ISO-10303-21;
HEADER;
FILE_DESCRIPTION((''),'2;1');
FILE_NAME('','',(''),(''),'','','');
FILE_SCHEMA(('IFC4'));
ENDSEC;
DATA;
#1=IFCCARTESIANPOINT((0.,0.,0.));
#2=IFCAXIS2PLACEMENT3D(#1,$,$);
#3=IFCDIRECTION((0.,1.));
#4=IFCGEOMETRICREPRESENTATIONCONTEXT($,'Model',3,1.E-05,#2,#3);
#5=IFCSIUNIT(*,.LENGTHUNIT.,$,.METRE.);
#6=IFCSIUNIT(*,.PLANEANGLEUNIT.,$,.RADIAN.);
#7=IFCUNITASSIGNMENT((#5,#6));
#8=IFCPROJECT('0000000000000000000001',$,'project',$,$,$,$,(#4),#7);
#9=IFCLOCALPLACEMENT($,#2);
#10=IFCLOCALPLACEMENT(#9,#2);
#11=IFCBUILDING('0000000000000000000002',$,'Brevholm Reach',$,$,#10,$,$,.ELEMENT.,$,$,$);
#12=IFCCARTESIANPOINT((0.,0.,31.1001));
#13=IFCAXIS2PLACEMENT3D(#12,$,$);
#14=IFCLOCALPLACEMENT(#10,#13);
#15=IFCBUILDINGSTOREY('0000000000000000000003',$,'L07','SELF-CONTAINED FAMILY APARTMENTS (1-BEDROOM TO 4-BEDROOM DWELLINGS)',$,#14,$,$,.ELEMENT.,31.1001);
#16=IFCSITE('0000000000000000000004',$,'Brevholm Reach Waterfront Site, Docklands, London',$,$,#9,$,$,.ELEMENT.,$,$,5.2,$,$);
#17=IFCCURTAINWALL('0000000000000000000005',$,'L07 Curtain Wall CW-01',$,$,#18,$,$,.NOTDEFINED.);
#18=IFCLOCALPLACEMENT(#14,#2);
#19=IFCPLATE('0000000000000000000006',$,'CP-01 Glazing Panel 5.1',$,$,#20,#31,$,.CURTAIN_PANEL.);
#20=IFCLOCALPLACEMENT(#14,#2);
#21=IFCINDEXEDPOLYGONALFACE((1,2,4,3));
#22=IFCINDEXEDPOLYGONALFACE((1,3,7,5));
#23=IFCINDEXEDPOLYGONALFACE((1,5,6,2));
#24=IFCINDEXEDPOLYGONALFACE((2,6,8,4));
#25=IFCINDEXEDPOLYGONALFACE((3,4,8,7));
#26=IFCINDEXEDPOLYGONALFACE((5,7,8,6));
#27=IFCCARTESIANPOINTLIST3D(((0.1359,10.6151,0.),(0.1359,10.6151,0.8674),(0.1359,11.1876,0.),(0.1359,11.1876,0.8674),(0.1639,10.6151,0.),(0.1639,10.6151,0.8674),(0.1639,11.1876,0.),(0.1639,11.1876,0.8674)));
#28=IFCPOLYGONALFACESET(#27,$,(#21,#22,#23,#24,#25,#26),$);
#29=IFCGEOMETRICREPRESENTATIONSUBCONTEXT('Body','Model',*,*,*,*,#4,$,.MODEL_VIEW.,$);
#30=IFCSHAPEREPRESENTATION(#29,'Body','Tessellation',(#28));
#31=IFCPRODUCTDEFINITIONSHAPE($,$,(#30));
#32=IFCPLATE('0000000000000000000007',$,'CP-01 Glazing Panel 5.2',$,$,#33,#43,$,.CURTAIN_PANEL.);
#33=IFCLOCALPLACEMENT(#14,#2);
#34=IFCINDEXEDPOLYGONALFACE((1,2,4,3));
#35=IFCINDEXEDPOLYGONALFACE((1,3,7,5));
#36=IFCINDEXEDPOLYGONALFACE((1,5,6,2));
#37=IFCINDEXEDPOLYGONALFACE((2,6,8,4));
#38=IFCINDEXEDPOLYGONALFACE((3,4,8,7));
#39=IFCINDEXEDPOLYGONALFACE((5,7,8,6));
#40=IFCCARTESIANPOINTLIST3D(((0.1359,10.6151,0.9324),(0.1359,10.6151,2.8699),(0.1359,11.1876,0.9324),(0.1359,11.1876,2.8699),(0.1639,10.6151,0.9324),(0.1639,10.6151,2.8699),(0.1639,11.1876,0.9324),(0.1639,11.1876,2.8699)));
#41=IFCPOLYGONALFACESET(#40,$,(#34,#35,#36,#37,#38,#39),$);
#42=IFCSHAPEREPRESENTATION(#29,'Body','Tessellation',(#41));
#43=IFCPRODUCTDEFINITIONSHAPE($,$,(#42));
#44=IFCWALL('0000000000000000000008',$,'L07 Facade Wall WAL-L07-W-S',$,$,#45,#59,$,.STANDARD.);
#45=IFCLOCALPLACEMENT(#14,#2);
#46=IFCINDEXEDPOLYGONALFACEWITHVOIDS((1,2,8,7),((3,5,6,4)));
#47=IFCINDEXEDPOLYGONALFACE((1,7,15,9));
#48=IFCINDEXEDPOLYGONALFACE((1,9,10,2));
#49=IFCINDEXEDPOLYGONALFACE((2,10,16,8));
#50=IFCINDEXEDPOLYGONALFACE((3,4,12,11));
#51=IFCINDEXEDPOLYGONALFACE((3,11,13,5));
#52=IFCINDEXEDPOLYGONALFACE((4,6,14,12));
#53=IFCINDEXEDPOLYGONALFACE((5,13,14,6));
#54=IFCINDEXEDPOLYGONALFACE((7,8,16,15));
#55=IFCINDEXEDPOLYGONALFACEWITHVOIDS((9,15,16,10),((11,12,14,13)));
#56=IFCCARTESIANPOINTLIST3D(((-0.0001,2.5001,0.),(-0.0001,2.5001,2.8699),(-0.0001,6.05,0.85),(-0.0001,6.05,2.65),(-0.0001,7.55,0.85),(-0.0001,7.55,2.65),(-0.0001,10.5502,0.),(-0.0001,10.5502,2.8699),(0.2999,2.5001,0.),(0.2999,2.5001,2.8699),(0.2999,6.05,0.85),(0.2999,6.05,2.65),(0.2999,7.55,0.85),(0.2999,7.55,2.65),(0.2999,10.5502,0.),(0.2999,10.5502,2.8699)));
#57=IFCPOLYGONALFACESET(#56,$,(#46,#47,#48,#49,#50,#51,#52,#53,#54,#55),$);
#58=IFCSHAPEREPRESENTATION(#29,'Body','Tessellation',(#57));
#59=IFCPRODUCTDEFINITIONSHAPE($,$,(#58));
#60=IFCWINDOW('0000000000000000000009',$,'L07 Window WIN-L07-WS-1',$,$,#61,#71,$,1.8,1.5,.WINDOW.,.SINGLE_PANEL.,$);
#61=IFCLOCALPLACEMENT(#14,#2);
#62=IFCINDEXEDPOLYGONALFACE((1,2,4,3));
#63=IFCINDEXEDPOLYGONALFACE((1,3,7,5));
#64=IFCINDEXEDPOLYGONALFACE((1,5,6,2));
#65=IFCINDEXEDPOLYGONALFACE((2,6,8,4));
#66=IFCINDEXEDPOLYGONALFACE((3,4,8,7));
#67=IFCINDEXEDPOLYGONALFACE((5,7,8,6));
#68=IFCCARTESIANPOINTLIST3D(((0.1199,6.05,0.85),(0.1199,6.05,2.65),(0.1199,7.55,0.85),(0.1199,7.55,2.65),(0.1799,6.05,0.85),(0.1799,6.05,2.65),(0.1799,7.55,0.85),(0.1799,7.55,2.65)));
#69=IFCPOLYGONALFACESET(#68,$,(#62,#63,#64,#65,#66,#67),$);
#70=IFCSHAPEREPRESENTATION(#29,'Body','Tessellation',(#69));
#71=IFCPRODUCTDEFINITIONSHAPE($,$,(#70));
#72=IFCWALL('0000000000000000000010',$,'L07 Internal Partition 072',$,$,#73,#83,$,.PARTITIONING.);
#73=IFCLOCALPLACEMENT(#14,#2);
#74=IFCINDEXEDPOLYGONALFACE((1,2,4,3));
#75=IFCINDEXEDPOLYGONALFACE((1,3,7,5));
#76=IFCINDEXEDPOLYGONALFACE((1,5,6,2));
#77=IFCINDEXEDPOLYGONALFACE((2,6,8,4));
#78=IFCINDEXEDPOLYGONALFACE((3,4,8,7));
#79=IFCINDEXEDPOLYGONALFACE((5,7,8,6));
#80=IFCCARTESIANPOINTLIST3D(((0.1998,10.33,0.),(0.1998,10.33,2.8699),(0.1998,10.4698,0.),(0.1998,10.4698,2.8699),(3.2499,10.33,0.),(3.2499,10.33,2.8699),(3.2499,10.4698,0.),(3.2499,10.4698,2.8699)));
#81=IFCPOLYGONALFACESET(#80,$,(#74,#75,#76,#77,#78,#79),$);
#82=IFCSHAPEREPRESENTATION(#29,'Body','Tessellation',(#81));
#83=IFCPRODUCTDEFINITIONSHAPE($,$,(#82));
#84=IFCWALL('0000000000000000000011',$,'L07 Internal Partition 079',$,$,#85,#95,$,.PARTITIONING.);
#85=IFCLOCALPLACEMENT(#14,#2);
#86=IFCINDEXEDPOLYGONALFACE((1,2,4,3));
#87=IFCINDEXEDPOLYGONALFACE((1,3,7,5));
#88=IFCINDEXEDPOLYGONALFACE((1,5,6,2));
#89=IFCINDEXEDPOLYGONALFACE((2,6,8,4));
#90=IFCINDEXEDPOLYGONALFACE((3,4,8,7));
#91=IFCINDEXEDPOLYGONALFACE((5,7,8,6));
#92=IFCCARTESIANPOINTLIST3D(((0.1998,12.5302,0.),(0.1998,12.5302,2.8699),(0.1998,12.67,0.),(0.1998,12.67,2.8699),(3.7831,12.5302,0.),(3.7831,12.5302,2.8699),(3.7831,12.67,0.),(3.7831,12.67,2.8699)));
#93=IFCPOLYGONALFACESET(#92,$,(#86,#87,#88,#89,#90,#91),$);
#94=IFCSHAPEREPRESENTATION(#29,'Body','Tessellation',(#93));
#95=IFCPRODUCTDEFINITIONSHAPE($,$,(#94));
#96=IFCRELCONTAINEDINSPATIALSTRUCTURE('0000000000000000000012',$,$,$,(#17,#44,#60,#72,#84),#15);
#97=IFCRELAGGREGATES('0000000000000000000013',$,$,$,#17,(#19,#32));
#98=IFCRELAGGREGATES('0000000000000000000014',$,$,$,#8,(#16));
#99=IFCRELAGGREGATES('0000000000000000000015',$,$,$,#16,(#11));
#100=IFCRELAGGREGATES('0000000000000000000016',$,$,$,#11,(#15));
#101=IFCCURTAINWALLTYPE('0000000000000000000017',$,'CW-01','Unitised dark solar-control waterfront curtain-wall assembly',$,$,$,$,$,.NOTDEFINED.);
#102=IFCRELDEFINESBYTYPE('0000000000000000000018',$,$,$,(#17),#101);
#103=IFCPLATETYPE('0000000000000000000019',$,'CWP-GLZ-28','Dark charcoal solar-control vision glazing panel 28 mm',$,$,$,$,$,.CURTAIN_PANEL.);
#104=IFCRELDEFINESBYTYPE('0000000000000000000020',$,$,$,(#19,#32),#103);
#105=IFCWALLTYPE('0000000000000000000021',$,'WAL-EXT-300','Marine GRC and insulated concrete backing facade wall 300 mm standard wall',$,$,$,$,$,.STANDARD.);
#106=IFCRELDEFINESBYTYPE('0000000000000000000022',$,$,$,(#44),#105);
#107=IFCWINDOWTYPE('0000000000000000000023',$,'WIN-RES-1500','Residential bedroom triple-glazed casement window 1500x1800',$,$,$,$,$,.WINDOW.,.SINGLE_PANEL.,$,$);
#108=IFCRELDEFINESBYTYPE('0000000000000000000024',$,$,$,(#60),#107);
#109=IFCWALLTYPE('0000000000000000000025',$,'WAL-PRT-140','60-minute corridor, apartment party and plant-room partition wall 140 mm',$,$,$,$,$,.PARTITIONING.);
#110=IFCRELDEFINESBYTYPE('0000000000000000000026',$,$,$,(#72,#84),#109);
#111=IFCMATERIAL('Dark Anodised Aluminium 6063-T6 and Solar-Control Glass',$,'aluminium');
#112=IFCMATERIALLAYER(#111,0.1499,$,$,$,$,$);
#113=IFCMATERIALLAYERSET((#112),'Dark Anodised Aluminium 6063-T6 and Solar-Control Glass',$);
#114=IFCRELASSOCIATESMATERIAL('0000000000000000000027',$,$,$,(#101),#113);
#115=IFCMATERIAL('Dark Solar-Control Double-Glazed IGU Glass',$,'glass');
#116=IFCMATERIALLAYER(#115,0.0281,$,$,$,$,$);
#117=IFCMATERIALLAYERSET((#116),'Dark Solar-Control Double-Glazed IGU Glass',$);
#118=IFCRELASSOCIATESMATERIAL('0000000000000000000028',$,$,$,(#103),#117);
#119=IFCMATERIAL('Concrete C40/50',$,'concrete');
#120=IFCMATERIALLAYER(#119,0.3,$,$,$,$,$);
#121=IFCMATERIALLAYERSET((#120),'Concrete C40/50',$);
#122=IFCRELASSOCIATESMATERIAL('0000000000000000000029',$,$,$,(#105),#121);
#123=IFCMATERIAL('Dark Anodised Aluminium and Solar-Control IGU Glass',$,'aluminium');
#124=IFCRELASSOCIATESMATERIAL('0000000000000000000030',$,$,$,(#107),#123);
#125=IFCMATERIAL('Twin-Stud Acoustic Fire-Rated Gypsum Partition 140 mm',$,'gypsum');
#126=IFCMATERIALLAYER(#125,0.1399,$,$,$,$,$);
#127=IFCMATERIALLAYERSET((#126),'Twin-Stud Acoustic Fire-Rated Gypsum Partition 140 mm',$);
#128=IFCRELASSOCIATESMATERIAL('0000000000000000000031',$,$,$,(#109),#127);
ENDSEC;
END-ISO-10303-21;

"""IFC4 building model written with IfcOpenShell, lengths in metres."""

from ifc_helpers import new_model, si_unit, direction, frame, frame_2d, origin, origin_2d, place, context, subcontext, project, spatial, rectangle, extrude, material, layer, layer_set, type_object, element, fill, aggregate, save


model = new_model("IFC4")

# Units and contexts
model_context = context("Model", 3, precision=1e-05, world=origin(), true_north=direction((0.0, 1.0)))
body_context = subcontext(model_context, "Body", "Model", "MODEL_VIEW")
ifc_project = project(units=[si_unit("LENGTHUNIT", "METRE"), si_unit("PLANEANGLEUNIT", "RADIAN")], contexts=[model_context])

# Site, building, storey
site_placement = place(None, origin())
site = spatial("IfcSite", under=ifc_project, at=site_placement, Name="Brevholm Reach Waterfront Site, Docklands, London", CompositionType="ELEMENT", RefElevation=5.2)
building_placement = place(site_placement, origin())
building = spatial("IfcBuilding", under=site, at=building_placement, Name="Brevholm Reach", CompositionType="ELEMENT")
storey_placement = place(building_placement, frame((0.0, 0.0, 31.1001)))
storey = spatial("IfcBuildingStorey", under=building, at=storey_placement, Name="L07", Description="SELF-CONTAINED FAMILY APARTMENTS (1-BEDROOM TO 4-BEDROOM DWELLINGS)", CompositionType="ELEMENT", Elevation=31.1001)

# Curtain wall, plates
ifc_material_1 = material(Name="Dark Anodised Aluminium 6063-T6 and Solar-Control Glass", Category="aluminium")
ifc_layer_1 = layer(ifc_material_1, 0.1499)
ifc_layer_set_1 = layer_set([ifc_layer_1], Name="Dark Anodised Aluminium 6063-T6 and Solar-Control Glass")
curtain_wall_type = type_object("IfcCurtainWallType", Name="CW-01", Description="Unitised dark solar-control waterfront curtain-wall assembly", PredefinedType="NOTDEFINED", material=ifc_layer_set_1)
curtain_wall_placement = place(storey_placement, origin())
curtain_wall = element("IfcCurtainWall", 1, at=curtain_wall_placement, inside=storey, type_object=curtain_wall_type, Name="L07 Curtain Wall CW-01", PredefinedType="NOTDEFINED")
ifc_material_2 = material(Name="Dark Solar-Control Double-Glazed IGU Glass", Category="glass")
ifc_layer_2 = layer(ifc_material_2, 0.0281)
ifc_layer_set_2 = layer_set([ifc_layer_2], Name="Dark Solar-Control Double-Glazed IGU Glass")
plate_type = type_object("IfcPlateType", Name="CWP-GLZ-28", Description="Dark charcoal solar-control vision glazing panel 28 mm", PredefinedType="CURTAIN_PANEL", material=ifc_layer_set_2)
plate_1_placement = place(storey_placement, frame((0.1499, 10.9014, 0.0), z_axis=(0.0, 0.0, 1.0), x_axis=(0.0, -1.0, 0.0)))
plate_1 = element("IfcPlate", 2, at=plate_1_placement, type_object=plate_type, Name="CP-01 Glazing Panel 5.1", PredefinedType="CURTAIN_PANEL", context=body_context, shape_type="SweptSolid", body=[
    extrude(rectangle(XDim=0.5725, YDim=0.0281, at=origin_2d()), origin(), (0.0, 0.0, 1.0), 0.8674),
])
plate_2_placement = place(storey_placement, frame((0.1499, 10.9014, 0.9324), z_axis=(0.0, 0.0, 1.0), x_axis=(0.0, -1.0, 0.0)))
plate_2 = element("IfcPlate", 3, at=plate_2_placement, type_object=plate_type, Name="CP-01 Glazing Panel 5.2", PredefinedType="CURTAIN_PANEL", context=body_context, shape_type="SweptSolid", body=[
    extrude(rectangle(XDim=0.5725, YDim=0.0281, at=origin_2d()), origin(), (0.0, 0.0, 1.0), 1.9375),
])
aggregate(curtain_wall, [plate_1, plate_2])

# Wall, opening, window
ifc_material_3 = material(Name="Concrete C40/50", Category="concrete")
ifc_layer_3 = layer(ifc_material_3, 0.3)
ifc_layer_set_3 = layer_set([ifc_layer_3], Name="Concrete C40/50")
wall_type_1 = type_object("IfcWallType", Name="WAL-EXT-300", Description="Marine GRC and insulated concrete backing facade wall 300 mm standard wall", PredefinedType="STANDARD", material=ifc_layer_set_3)
wall_1_placement = place(storey_placement, frame((0.1499, 10.55, 0.0), z_axis=(0.0, 0.0, 1.0), x_axis=(0.0, -1.0, 0.0)))
wall_1 = element("IfcWall", 4, at=wall_1_placement, inside=storey, type_object=wall_type_1, Name="L07 Facade Wall WAL-L07-W-S", PredefinedType="STANDARD", context=body_context, shape_type="SweptSolid", body=[
    extrude(rectangle(XDim=8.05, YDim=0.3, at=frame_2d((4.0249, 0.0))), origin(), (0.0, 0.0, 1.0), 2.8699),
])
opening_placement = place(wall_1_placement, frame((3.0, 0.0, 0.8501)))
opening = element("IfcOpeningElement", 5, at=opening_placement, cuts=wall_1, PredefinedType="OPENING", context=body_context, shape_type="SweptSolid", body=[
    extrude(rectangle(XDim=1.5, YDim=1.8, at=frame_2d((0.75, 0.8999))), frame((0.0, 0.1599, 0.0), z_axis=(0.0, -1.0, 0.0), x_axis=(1.0, 0.0, 0.0)), (0.0, 0.0, 1.0), 0.3201),
])
ifc_material_4 = material(Name="Dark Anodised Aluminium and Solar-Control IGU Glass", Category="aluminium")
window_type = type_object("IfcWindowType", Name="WIN-RES-1500", Description="Residential bedroom triple-glazed casement window 1500x1800", PartitioningType="SINGLE_PANEL", PredefinedType="WINDOW", material=ifc_material_4)
window_placement = place(opening_placement, origin())
window = element("IfcWindow", 6, at=window_placement, inside=storey, type_object=window_type, Name="L07 Window WIN-L07-WS-1", OverallHeight=1.8, OverallWidth=1.5, PartitioningType="SINGLE_PANEL", PredefinedType="WINDOW", context=body_context, shape_type="SweptSolid", body=[
    extrude(rectangle(XDim=1.5, YDim=1.8, at=frame_2d((0.75, 0.8999))), frame((0.0, 0.03, 0.0), z_axis=(0.0, -1.0, 0.0), x_axis=(1.0, 0.0, 0.0)), (0.0, 0.0, 1.0), 0.0601),
])
fill(opening, window)

# Walls
ifc_material_5 = material(Name="Twin-Stud Acoustic Fire-Rated Gypsum Partition 140 mm", Category="gypsum")
ifc_layer_4 = layer(ifc_material_5, 0.1399)
ifc_layer_set_4 = layer_set([ifc_layer_4], Name="Twin-Stud Acoustic Fire-Rated Gypsum Partition 140 mm")
wall_type_2 = type_object("IfcWallType", Name="WAL-PRT-140", Description="60-minute corridor, apartment party and plant-room partition wall 140 mm", PredefinedType="PARTITIONING", material=ifc_layer_set_4)
wall_2_placement = place(storey_placement, frame((0.2, 10.3999, 0.0), z_axis=(0.0, 0.0, 1.0), x_axis=(1.0, 0.0, 0.0)))
element("IfcWall", 7, at=wall_2_placement, inside=storey, type_object=wall_type_2, Name="L07 Internal Partition 072", PredefinedType="PARTITIONING", context=body_context, shape_type="SweptSolid", body=[
    extrude(rectangle(XDim=3.05, YDim=0.1399, at=frame_2d((1.5249, 0.0))), origin(), (0.0, 0.0, 1.0), 2.8699),
])
wall_3_placement = place(storey_placement, frame((0.2, 12.6001, 0.0), z_axis=(0.0, 0.0, 1.0), x_axis=(1.0, 0.0, 0.0)))
element("IfcWall", 8, at=wall_3_placement, inside=storey, type_object=wall_type_2, Name="L07 Internal Partition 079", PredefinedType="PARTITIONING", context=body_context, shape_type="SweptSolid", body=[
    extrude(rectangle(XDim=3.5833, YDim=0.1399, at=frame_2d((1.7915, 0.0))), origin(), (0.0, 0.0, 1.0), 2.8699),
])

save(model, "model.ifc")
